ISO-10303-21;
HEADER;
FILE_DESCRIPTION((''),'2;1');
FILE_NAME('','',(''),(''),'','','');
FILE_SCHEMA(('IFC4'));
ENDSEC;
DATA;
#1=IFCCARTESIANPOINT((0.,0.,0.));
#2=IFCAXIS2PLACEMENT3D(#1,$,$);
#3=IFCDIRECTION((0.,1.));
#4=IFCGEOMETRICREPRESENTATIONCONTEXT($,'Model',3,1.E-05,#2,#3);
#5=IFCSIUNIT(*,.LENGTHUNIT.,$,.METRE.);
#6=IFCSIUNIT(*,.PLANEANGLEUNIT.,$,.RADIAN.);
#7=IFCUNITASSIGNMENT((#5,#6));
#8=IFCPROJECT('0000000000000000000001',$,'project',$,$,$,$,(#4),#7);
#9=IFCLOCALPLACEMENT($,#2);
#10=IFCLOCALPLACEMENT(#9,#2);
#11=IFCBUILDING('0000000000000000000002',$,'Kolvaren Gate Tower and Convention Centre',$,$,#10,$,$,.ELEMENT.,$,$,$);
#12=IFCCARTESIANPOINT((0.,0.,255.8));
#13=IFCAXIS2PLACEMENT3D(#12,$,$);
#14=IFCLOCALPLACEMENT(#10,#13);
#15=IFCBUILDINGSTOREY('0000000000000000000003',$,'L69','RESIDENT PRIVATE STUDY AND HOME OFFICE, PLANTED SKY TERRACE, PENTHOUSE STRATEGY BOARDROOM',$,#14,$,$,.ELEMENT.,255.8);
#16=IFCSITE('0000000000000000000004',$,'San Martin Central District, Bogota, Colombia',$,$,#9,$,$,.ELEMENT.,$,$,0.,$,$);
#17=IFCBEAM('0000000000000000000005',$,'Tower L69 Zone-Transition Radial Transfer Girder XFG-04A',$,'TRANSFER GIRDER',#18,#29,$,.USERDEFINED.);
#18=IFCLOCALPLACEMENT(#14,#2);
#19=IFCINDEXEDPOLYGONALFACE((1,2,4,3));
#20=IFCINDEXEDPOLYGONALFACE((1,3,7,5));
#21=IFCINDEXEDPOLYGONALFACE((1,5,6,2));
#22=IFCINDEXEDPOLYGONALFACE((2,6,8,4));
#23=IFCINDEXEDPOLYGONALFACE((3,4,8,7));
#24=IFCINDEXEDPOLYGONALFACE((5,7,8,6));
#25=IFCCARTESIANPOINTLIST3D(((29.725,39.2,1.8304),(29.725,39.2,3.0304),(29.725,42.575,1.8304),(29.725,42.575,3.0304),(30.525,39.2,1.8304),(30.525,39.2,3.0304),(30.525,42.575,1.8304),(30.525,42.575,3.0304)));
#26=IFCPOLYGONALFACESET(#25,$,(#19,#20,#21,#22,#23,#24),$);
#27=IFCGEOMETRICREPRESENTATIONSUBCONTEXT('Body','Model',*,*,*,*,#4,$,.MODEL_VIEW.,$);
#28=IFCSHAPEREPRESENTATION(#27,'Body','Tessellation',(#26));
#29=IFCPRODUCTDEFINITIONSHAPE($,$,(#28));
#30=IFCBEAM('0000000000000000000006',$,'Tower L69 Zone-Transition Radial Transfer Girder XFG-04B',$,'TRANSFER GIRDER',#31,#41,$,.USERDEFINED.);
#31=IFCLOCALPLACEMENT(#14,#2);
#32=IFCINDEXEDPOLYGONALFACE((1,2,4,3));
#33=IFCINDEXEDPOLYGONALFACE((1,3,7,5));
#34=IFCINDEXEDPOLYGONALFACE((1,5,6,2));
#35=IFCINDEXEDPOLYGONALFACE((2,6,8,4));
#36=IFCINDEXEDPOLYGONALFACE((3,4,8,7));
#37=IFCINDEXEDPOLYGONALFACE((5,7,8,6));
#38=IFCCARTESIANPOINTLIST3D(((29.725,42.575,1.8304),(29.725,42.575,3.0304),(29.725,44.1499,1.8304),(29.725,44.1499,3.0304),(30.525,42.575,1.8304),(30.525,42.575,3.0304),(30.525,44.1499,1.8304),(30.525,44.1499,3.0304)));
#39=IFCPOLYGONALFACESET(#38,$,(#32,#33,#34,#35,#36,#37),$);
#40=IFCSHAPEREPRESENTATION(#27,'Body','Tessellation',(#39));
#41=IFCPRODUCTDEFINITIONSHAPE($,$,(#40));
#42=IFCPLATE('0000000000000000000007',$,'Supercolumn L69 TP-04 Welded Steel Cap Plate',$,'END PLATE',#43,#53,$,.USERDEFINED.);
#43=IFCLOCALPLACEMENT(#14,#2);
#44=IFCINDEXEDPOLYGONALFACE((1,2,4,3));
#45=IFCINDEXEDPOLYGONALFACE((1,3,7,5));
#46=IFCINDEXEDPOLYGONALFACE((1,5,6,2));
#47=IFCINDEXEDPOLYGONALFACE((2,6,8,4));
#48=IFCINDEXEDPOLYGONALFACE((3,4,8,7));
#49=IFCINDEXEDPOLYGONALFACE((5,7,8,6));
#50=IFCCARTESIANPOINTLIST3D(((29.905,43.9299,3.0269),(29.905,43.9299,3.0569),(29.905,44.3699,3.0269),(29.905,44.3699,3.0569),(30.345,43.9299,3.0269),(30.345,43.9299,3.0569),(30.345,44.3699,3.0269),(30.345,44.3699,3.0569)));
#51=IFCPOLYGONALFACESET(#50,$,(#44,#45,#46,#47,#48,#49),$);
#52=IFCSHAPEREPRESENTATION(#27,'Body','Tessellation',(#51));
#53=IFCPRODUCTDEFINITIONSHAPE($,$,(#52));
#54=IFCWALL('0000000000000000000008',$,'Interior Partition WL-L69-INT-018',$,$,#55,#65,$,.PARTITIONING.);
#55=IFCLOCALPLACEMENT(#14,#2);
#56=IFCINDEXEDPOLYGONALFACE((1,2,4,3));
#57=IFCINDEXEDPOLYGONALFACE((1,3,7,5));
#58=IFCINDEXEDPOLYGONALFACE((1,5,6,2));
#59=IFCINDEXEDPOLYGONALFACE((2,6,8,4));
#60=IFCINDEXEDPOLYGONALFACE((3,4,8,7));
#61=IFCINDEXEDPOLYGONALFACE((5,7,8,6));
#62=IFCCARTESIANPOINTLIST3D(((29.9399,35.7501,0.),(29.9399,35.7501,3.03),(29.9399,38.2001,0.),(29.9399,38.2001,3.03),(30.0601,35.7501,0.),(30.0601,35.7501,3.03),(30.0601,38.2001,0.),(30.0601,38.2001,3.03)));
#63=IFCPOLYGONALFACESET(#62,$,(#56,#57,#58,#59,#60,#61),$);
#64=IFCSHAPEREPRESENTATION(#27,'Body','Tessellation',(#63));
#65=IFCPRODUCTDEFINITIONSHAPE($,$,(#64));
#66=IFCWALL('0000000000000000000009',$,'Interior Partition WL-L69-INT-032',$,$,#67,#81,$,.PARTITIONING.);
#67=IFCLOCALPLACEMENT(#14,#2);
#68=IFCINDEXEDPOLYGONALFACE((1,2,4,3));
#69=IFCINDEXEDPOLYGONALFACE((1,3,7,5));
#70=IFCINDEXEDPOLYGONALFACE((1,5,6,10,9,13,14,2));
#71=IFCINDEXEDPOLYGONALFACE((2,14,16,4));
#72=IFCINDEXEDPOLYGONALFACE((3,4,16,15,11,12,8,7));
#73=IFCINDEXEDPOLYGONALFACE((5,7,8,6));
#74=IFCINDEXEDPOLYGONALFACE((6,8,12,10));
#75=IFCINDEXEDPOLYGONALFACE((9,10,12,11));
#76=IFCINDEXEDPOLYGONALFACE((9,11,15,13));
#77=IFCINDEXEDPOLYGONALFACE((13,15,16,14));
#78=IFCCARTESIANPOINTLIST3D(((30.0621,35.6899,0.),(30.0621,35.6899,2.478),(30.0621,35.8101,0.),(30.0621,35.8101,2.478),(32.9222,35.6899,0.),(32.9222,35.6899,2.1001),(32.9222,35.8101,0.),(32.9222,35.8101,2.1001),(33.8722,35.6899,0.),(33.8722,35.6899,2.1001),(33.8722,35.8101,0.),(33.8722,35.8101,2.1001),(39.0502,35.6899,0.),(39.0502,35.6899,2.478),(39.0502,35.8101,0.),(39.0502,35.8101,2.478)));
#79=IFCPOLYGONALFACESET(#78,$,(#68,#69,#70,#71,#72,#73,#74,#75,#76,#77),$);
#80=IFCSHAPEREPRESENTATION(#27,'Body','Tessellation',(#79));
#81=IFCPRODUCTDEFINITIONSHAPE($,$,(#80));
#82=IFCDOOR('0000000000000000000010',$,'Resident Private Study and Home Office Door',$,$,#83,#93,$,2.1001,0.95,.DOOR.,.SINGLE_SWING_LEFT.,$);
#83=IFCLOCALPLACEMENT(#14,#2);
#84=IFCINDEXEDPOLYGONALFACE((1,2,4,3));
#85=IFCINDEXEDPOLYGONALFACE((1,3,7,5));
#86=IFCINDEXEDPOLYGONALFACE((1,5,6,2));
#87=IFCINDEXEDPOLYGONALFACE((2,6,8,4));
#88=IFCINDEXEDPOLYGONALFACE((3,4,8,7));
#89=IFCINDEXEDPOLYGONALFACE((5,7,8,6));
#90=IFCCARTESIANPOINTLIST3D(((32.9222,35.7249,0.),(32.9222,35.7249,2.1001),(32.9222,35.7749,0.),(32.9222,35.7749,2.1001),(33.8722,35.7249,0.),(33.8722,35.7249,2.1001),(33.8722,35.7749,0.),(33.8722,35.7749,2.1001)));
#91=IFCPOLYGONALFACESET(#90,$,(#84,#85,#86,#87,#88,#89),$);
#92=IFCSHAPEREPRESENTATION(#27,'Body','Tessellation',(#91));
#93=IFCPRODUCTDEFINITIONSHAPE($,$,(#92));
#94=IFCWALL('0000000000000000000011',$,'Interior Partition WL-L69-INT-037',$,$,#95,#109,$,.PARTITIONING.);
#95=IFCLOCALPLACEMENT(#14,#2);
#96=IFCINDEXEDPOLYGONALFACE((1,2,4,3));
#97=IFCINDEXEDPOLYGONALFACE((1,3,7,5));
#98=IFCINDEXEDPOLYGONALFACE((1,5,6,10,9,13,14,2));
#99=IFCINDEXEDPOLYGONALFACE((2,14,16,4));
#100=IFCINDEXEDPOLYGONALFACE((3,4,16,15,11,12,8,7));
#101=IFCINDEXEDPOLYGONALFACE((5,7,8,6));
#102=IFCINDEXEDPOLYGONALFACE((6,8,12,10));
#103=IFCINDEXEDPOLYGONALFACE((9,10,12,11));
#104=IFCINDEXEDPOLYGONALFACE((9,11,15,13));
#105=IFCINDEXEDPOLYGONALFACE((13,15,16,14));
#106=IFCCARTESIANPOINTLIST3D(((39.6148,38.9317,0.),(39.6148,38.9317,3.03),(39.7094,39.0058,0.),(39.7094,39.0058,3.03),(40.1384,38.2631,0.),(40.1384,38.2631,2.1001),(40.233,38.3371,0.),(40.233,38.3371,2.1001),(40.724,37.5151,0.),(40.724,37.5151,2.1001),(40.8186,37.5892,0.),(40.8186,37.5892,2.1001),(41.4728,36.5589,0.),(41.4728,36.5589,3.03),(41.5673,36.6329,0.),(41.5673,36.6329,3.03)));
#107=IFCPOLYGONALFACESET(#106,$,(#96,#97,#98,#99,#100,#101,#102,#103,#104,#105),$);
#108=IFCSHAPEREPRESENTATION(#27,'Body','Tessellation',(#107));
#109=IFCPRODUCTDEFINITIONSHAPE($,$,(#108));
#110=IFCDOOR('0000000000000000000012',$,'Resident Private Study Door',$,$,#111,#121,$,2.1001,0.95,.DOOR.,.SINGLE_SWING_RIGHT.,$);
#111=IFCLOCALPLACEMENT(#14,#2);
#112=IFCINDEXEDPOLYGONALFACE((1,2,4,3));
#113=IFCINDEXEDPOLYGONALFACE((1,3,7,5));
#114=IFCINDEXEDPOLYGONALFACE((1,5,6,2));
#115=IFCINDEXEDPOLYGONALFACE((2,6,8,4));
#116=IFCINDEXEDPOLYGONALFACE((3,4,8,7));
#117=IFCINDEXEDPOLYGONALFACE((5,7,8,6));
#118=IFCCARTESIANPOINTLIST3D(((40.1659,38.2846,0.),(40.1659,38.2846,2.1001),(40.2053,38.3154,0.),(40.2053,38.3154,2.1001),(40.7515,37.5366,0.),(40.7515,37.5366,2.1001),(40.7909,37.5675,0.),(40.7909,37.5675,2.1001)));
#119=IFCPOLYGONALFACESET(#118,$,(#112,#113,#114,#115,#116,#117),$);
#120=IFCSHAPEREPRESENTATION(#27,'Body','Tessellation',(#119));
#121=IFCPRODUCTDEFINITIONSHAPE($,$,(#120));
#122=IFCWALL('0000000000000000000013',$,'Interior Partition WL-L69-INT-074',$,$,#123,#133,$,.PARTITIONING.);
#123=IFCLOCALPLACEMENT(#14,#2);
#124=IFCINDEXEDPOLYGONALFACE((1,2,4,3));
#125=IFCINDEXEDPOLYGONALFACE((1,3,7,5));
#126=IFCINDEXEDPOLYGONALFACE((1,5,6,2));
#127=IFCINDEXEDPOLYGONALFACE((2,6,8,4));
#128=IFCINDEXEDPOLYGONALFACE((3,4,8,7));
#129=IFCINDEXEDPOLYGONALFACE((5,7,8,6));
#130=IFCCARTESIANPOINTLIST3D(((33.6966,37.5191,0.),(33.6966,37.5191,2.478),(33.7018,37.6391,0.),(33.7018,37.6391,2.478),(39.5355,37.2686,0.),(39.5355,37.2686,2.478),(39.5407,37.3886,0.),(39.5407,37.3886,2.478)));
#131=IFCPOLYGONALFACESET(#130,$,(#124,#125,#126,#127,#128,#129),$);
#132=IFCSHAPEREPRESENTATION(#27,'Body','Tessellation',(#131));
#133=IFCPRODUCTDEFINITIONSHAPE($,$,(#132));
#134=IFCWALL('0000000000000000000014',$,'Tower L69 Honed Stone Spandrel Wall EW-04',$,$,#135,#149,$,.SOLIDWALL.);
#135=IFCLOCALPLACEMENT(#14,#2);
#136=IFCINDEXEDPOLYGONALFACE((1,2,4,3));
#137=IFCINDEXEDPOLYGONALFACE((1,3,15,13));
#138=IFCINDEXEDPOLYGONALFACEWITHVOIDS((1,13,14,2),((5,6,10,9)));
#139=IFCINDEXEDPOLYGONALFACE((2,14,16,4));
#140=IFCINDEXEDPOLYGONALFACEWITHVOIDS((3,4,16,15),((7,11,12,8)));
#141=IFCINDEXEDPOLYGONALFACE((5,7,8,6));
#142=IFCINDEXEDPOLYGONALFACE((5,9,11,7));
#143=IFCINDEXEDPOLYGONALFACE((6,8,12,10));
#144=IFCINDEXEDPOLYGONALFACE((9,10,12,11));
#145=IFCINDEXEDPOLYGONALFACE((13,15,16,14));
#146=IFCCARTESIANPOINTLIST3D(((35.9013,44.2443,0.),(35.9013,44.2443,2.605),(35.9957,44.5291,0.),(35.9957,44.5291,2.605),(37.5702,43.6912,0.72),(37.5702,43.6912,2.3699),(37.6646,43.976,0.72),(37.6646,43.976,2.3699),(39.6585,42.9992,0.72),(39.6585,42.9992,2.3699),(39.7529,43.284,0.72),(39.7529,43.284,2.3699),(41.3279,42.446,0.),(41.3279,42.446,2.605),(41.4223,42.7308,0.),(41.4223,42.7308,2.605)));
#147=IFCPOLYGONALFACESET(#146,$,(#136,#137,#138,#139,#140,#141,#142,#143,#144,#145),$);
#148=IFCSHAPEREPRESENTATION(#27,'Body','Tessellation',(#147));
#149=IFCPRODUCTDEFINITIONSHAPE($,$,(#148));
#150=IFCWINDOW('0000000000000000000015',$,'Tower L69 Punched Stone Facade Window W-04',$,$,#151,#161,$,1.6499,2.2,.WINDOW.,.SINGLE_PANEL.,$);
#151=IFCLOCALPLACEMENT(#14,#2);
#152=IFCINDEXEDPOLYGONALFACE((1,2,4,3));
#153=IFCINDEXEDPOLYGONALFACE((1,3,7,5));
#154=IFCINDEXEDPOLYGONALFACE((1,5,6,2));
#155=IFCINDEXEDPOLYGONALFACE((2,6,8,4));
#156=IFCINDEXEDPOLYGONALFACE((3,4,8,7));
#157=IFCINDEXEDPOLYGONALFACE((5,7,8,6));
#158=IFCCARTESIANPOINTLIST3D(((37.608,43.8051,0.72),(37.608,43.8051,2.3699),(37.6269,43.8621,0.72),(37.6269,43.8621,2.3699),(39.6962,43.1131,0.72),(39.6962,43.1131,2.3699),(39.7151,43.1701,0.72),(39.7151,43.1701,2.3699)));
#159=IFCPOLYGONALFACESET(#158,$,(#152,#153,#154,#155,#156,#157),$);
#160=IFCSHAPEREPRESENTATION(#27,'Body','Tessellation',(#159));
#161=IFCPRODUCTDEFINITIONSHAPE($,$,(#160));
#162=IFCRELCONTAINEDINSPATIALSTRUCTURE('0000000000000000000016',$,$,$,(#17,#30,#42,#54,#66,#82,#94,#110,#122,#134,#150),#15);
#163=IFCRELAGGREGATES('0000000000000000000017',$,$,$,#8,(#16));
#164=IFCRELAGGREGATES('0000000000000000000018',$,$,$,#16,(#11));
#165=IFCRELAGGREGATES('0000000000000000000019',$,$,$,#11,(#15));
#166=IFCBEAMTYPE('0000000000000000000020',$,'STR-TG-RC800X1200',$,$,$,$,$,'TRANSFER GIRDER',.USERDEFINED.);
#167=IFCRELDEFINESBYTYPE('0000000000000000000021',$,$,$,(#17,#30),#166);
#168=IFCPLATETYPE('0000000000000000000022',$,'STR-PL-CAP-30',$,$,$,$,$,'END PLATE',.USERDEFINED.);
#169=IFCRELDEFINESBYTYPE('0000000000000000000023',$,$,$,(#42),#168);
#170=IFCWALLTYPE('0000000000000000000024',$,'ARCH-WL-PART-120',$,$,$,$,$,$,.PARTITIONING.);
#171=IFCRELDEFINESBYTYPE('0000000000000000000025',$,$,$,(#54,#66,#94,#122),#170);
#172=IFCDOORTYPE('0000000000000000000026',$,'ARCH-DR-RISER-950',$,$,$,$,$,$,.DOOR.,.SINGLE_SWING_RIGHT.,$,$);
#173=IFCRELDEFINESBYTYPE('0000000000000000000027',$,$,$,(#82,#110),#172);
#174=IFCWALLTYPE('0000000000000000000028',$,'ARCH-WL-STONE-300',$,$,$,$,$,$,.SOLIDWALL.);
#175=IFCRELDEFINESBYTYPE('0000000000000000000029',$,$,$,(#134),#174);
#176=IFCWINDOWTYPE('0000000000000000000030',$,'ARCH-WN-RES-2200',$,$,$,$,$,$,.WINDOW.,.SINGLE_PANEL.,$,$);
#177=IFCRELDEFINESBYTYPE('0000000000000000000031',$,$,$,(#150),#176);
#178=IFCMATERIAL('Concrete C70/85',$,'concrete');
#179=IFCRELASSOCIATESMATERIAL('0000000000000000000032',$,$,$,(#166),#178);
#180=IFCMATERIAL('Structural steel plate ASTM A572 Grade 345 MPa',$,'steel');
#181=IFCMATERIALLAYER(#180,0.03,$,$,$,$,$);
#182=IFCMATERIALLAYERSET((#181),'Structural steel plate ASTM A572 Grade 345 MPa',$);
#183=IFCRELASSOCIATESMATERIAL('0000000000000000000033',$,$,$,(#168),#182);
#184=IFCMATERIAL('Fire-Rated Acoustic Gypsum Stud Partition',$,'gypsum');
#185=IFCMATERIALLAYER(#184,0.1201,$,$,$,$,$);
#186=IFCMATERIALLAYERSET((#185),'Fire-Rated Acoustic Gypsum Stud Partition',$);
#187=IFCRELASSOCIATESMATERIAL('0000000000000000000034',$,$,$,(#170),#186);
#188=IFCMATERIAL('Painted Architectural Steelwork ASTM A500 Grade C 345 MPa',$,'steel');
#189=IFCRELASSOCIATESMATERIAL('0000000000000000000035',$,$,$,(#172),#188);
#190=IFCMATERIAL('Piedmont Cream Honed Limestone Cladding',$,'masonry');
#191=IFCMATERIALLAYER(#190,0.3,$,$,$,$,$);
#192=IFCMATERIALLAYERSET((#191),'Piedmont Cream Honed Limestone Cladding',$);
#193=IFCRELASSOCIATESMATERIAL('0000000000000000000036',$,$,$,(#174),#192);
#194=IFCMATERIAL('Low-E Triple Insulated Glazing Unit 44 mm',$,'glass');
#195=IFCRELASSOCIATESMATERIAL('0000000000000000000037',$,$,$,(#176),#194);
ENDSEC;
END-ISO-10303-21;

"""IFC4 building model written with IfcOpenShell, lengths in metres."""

from ifc_helpers import new_model, si_unit, direction, frame, frame_2d, origin, origin_2d, place, context, subcontext, project, spatial, rectangle, extrude, material, layer, layer_set, material_profile, profile_set, type_object, element, fill, save


model = new_model("IFC4")

# Units and contexts
model_context = context("Model", 3, precision=1e-05, world=origin(), true_north=direction((0.0, 1.0)))
body_context = subcontext(model_context, "Body", "Model", "MODEL_VIEW")
ifc_project = project(units=[si_unit("LENGTHUNIT", "METRE"), si_unit("PLANEANGLEUNIT", "RADIAN")], contexts=[model_context])

# Site, building, storey
site_placement = place(None, origin())
site = spatial("IfcSite", under=ifc_project, at=site_placement, Name="San Martin Central District, Bogota, Colombia", CompositionType="ELEMENT", RefElevation=0.0)
building_placement = place(site_placement, origin())
building = spatial("IfcBuilding", under=site, at=building_placement, Name="Kolvaren Gate Tower and Convention Centre", CompositionType="ELEMENT")
storey_placement = place(building_placement, frame((0.0, 0.0, 255.8)))
storey = spatial("IfcBuildingStorey", under=building, at=storey_placement, Name="L69", Description="RESIDENT PRIVATE STUDY AND HOME OFFICE, PLANTED SKY TERRACE, PENTHOUSE STRATEGY BOARDROOM", CompositionType="ELEMENT", Elevation=255.8)

# Beams
ifc_material_1 = material(Name="Concrete C70/85", Category="concrete")
ifc_material_profile_1 = material_profile(ifc_material_1, rectangle(XDim=0.8, YDim=1.2, at=origin_2d()), Name="RC-BM-800X1200")
ifc_profile_set_1 = profile_set([ifc_material_profile_1], Name="Concrete C70/85")
beam_type_1 = type_object("IfcBeamType", Name="STR-TG-RC800X1200", ElementType="TRANSFER GIRDER", PredefinedType="USERDEFINED", material=ifc_profile_set_1)
beam_1_placement = place(storey_placement, frame((30.125, 39.2, 2.4304), z_axis=(0.0, 1.0, 0.0), x_axis=(-1.0, 0.0, 0.0)))
element("IfcBeam", 1, at=beam_1_placement, inside=storey, type_object=beam_type_1, Name="Tower L69 Zone-Transition Radial Transfer Girder XFG-04A", ObjectType="TRANSFER GIRDER", PredefinedType="USERDEFINED", context=body_context, shape_type="SweptSolid", body=[
    extrude(rectangle(XDim=0.8, YDim=1.2, at=origin_2d()), origin(), (0.0, 0.0, 1.0), 3.375),
])
beam_2_placement = place(storey_placement, frame((30.125, 42.575, 2.4304), z_axis=(0.0, 1.0, 0.0), x_axis=(-1.0, 0.0, 0.0)))
element("IfcBeam", 2, at=beam_2_placement, inside=storey, type_object=beam_type_1, Name="Tower L69 Zone-Transition Radial Transfer Girder XFG-04B", ObjectType="TRANSFER GIRDER", PredefinedType="USERDEFINED", context=body_context, shape_type="SweptSolid", body=[
    extrude(rectangle(XDim=0.8, YDim=1.2, at=origin_2d()), origin(), (0.0, 0.0, 1.0), 1.575),
])

# Plate
ifc_material_2 = material(Name="Structural steel plate ASTM A572 Grade 345 MPa", Category="steel")
ifc_layer_1 = layer(ifc_material_2, 0.03)
ifc_layer_set_1 = layer_set([ifc_layer_1], Name="Structural steel plate ASTM A572 Grade 345 MPa")
plate_type = type_object("IfcPlateType", Name="STR-PL-CAP-30", ElementType="END PLATE", PredefinedType="USERDEFINED", material=ifc_layer_set_1)
plate_placement = place(storey_placement, frame((30.125, 44.1499, 3.0269), z_axis=(0.0, 0.0, 1.0), x_axis=(1.0, 0.0, 0.0)))
element("IfcPlate", 3, at=plate_placement, inside=storey, type_object=plate_type, Name="Supercolumn L69 TP-04 Welded Steel Cap Plate", ObjectType="END PLATE", PredefinedType="USERDEFINED", context=body_context, shape_type="SweptSolid", body=[
    extrude(rectangle(XDim=0.4399, YDim=0.4399, at=origin_2d()), origin(), (0.0, 0.0, 1.0), 0.03),
])

# Wall
ifc_material_3 = material(Name="Fire-Rated Acoustic Gypsum Stud Partition", Category="gypsum")
ifc_layer_2 = layer(ifc_material_3, 0.1201)
ifc_layer_set_2 = layer_set([ifc_layer_2], Name="Fire-Rated Acoustic Gypsum Stud Partition")
wall_type_1 = type_object("IfcWallType", Name="ARCH-WL-PART-120", PredefinedType="PARTITIONING", material=ifc_layer_set_2)
wall_1_placement = place(storey_placement, frame((30.0, 35.75, 0.0), z_axis=(0.0, 0.0, 1.0), x_axis=(0.0, 1.0, 0.0)))
element("IfcWall", 4, at=wall_1_placement, inside=storey, type_object=wall_type_1, Name="Interior Partition WL-L69-INT-018", PredefinedType="PARTITIONING", context=body_context, shape_type="SweptSolid", body=[
    extrude(rectangle(XDim=2.45, YDim=0.1201, at=frame_2d((1.2251, 0.0))), origin(), (0.0, 0.0, 1.0), 3.03),
])

# Walls, openings, doors
wall_2_placement = place(storey_placement, frame((30.062, 35.75, 0.0), z_axis=(0.0, 0.0, 1.0), x_axis=(1.0, 0.0, 0.0)))
wall_2 = element("IfcWall", 5, at=wall_2_placement, inside=storey, type_object=wall_type_1, Name="Interior Partition WL-L69-INT-032", PredefinedType="PARTITIONING", context=body_context, shape_type="SweptSolid", body=[
    extrude(rectangle(XDim=8.988, YDim=0.1201, at=frame_2d((4.4941, 0.0))), origin(), (0.0, 0.0, 1.0), 2.478),
])
opening_1_placement = place(wall_2_placement, frame((2.8601, 0.0, 0.0)))
opening_1 = element("IfcOpeningElement", 6, at=opening_1_placement, cuts=wall_2, PredefinedType="OPENING", context=body_context, shape_type="SweptSolid", body=[
    extrude(rectangle(XDim=0.95, YDim=2.1001, at=frame_2d((0.4751, 1.05))), frame((0.0, 0.0701, 0.0), z_axis=(0.0, -1.0, 0.0), x_axis=(1.0, 0.0, 0.0)), (0.0, 0.0, 1.0), 0.1401),
])
ifc_material_4 = material(Name="Painted Architectural Steelwork ASTM A500 Grade C 345 MPa", Category="steel")
door_type = type_object("IfcDoorType", Name="ARCH-DR-RISER-950", OperationType="SINGLE_SWING_RIGHT", PredefinedType="DOOR", material=ifc_material_4)
door_1_placement = place(opening_1_placement, origin())
door_1 = element("IfcDoor", 7, at=door_1_placement, inside=storey, type_object=door_type, Name="Resident Private Study and Home Office Door", OperationType="SINGLE_SWING_LEFT", OverallHeight=2.1001, OverallWidth=0.95, PredefinedType="DOOR", context=body_context, shape_type="SweptSolid", body=[
    extrude(rectangle(XDim=0.95, YDim=2.1001, at=frame_2d((0.4751, 1.05))), frame((0.0, 0.0249, 0.0), z_axis=(0.0, -1.0, 0.0), x_axis=(1.0, 0.0, 0.0)), (0.0, 0.0, 1.0), 0.05),
])
fill(opening_1, door_1)
wall_3_placement = place(storey_placement, frame((39.6621, 38.9688, 0.0), z_axis=(0.0, 0.0, 1.0), x_axis=(0.6165, -0.787355, 0.0)))
wall_3 = element("IfcWall", 8, at=wall_3_placement, inside=storey, type_object=wall_type_1, Name="Interior Partition WL-L69-INT-037", PredefinedType="PARTITIONING", context=body_context, shape_type="SweptSolid", body=[
    extrude(rectangle(XDim=3.0137, YDim=0.1201, at=frame_2d((1.5068, 0.0))), origin(), (0.0, 0.0, 1.0), 3.03),
])
opening_2_placement = place(wall_3_placement, frame((0.8491, 0.0, 0.0)))
opening_2 = element("IfcOpeningElement", 9, at=opening_2_placement, cuts=wall_3, PredefinedType="OPENING", context=body_context, shape_type="SweptSolid", body=[
    extrude(rectangle(XDim=0.95, YDim=2.1001, at=frame_2d((0.4751, 1.05))), frame((0.0, 0.0701, 0.0), z_axis=(0.0, -1.0, 0.0), x_axis=(1.0, 0.0, 0.0)), (0.0, 0.0, 1.0), 0.1401),
])
door_2_placement = place(opening_2_placement, origin())
door_2 = element("IfcDoor", 10, at=door_2_placement, inside=storey, type_object=door_type, Name="Resident Private Study Door", OperationType="SINGLE_SWING_RIGHT", OverallHeight=2.1001, OverallWidth=0.95, PredefinedType="DOOR", context=body_context, shape_type="SweptSolid", body=[
    extrude(rectangle(XDim=0.95, YDim=2.1001, at=frame_2d((0.4751, 1.05))), frame((0.0, 0.0249, 0.0), z_axis=(0.0, -1.0, 0.0), x_axis=(1.0, 0.0, 0.0)), (0.0, 0.0, 1.0), 0.05),
])
fill(opening_2, door_2)

# Wall
wall_4_placement = place(storey_placement, frame((33.6992, 37.5791, 0.0), z_axis=(0.0, 0.0, 1.0), x_axis=(0.999081, -0.042861, 0.0)))
element("IfcWall", 11, at=wall_4_placement, inside=storey, type_object=wall_type_1, Name="Interior Partition WL-L69-INT-074", PredefinedType="PARTITIONING", context=body_context, shape_type="SweptSolid", body=[
    extrude(rectangle(XDim=5.8442, YDim=0.1201, at=frame_2d((2.9221, 0.0))), origin(), (0.0, 0.0, 1.0), 2.478),
])

# Wall, opening, window
ifc_material_5 = material(Name="Piedmont Cream Honed Limestone Cladding", Category="masonry")
ifc_layer_3 = layer(ifc_material_5, 0.3)
ifc_layer_set_3 = layer_set([ifc_layer_3], Name="Piedmont Cream Honed Limestone Cladding")
wall_type_2 = type_object("IfcWallType", Name="ARCH-WL-STONE-300", PredefinedType="SOLIDWALL", material=ifc_layer_set_3)
wall_5_placement = place(storey_placement, frame((35.9485, 44.3867, 0.0), z_axis=(0.0, 0.0, 1.0), x_axis=(0.949233, -0.314575, 0.0)))
wall_5 = element("IfcWall", 12, at=wall_5_placement, inside=storey, type_object=wall_type_2, Name="Tower L69 Honed Stone Spandrel Wall EW-04", PredefinedType="SOLIDWALL", context=body_context, shape_type="SweptSolid", body=[
    extrude(rectangle(XDim=5.7168, YDim=0.3, at=frame_2d((2.8584, 0.0))), origin(), (0.0, 0.0, 1.0), 2.605),
])
opening_3_placement = place(wall_5_placement, frame((1.7581, 0.0, 0.72)))
opening_3 = element("IfcOpeningElement", 13, at=opening_3_placement, cuts=wall_5, PredefinedType="OPENING", context=body_context, shape_type="SweptSolid", body=[
    extrude(rectangle(XDim=2.2, YDim=1.6499, at=frame_2d((1.1001, 0.825))), frame((0.0, 0.1599, 0.0), z_axis=(0.0, -1.0, 0.0), x_axis=(1.0, 0.0, 0.0)), (0.0, 0.0, 1.0), 0.3201),
])
ifc_material_6 = material(Name="Low-E Triple Insulated Glazing Unit 44 mm", Category="glass")
window_type = type_object("IfcWindowType", Name="ARCH-WN-RES-2200", PartitioningType="SINGLE_PANEL", PredefinedType="WINDOW", material=ifc_material_6)
window_1_placement = place(opening_3_placement, origin())
window_1 = element("IfcWindow", 14, at=window_1_placement, inside=storey, type_object=window_type, Name="Tower L69 Punched Stone Facade Window W-04", OverallHeight=1.6499, OverallWidth=2.2, PartitioningType="SINGLE_PANEL", PredefinedType="WINDOW", context=body_context, shape_type="SweptSolid", body=[
    extrude(rectangle(XDim=2.2, YDim=1.6499, at=frame_2d((1.1001, 0.825))), frame((0.0, 0.03, 0.0), z_axis=(0.0, -1.0, 0.0), x_axis=(1.0, 0.0, 0.0)), (0.0, 0.0, 1.0), 0.0601),
])
fill(opening_3, window_1)

save(model, "model.ifc")
